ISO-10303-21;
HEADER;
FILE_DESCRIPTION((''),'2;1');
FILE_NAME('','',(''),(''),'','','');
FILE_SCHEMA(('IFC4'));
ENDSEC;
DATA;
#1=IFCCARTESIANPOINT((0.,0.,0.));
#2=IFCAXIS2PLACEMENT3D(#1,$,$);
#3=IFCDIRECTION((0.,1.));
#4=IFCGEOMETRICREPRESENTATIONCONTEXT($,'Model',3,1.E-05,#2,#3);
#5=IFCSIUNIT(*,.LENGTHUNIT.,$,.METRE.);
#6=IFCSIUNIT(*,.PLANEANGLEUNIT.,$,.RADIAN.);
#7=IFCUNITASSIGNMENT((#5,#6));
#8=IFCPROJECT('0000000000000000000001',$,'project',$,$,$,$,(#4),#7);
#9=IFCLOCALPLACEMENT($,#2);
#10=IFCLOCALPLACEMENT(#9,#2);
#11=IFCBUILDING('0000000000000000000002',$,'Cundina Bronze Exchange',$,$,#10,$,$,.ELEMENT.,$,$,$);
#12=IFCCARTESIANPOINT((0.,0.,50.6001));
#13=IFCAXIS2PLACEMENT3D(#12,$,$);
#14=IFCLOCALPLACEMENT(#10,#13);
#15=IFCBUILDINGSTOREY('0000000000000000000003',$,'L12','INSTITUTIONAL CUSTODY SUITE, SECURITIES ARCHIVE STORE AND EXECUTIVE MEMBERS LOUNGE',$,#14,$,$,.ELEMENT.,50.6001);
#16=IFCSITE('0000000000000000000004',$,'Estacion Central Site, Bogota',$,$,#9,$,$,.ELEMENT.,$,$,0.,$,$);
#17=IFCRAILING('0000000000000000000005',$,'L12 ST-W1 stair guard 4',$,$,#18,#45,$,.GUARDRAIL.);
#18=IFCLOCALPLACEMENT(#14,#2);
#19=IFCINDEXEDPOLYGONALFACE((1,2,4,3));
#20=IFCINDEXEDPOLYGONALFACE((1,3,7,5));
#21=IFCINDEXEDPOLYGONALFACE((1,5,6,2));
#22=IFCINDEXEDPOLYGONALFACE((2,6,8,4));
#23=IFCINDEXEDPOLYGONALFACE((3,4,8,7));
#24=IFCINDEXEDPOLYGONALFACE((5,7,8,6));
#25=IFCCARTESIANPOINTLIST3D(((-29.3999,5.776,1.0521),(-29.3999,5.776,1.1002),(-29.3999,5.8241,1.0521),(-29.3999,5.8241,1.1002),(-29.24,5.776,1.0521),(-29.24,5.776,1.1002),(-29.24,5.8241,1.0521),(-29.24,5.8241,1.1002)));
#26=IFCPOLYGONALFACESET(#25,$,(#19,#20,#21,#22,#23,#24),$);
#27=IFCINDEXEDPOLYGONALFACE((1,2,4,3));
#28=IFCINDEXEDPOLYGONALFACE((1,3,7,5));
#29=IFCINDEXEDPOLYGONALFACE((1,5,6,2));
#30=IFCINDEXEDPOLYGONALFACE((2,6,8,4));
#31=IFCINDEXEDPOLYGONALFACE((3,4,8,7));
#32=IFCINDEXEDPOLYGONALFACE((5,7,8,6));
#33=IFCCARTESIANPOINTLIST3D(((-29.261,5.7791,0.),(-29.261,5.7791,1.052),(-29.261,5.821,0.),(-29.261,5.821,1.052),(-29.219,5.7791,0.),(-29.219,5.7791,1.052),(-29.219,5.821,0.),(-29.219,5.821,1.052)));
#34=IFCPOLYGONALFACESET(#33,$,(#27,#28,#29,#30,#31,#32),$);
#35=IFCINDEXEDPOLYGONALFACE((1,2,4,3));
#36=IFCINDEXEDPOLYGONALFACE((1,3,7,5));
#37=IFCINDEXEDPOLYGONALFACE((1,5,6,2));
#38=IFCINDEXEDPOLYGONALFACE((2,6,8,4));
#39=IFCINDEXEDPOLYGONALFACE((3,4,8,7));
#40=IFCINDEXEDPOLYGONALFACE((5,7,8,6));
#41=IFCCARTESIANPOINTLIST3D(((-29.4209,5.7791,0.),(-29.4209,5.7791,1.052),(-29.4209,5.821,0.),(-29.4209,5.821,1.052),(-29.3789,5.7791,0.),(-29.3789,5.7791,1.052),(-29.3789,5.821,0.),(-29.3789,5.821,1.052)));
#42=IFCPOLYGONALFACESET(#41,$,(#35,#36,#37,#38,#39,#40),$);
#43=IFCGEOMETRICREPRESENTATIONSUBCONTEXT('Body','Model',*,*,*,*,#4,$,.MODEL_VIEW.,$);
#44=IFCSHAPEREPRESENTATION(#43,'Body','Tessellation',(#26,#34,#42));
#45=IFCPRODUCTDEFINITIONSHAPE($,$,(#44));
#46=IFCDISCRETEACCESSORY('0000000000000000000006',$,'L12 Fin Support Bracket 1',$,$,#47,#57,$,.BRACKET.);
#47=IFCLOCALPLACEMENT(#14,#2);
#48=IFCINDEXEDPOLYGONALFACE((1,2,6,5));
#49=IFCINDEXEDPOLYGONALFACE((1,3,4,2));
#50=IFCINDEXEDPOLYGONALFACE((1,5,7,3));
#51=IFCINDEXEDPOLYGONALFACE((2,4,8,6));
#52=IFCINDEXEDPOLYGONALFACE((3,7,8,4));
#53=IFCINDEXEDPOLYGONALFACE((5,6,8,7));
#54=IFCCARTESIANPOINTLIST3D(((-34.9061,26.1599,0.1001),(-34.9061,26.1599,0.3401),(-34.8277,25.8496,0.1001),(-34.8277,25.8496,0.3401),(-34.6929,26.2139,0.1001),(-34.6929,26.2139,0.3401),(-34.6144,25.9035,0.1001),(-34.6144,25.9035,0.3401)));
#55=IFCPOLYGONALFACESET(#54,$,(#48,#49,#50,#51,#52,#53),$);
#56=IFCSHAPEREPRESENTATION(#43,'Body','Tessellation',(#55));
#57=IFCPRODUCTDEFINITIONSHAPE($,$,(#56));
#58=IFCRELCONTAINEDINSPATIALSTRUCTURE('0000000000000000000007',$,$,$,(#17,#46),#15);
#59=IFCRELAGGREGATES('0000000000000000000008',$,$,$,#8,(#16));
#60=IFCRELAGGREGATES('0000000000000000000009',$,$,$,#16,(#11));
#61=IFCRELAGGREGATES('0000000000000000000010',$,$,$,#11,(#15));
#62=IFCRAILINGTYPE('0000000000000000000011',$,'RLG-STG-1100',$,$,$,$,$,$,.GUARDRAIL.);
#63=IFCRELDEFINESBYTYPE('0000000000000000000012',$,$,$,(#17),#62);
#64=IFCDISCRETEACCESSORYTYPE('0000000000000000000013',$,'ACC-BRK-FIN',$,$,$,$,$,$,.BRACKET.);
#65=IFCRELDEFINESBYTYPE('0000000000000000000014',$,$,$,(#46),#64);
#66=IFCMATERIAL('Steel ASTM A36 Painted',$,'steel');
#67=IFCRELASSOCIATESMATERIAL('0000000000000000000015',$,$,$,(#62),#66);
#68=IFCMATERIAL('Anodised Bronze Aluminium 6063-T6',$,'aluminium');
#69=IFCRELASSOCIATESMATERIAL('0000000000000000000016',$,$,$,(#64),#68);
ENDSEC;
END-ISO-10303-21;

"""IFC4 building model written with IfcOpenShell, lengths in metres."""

from ifc_helpers import new_model, si_unit, direction, frame, origin, origin_2d, place, context, subcontext, project, spatial, rectangle, extrude, material, type_object, element, save


model = new_model("IFC4")

# Units and contexts
model_context = context("Model", 3, precision=1e-05, world=origin(), true_north=direction((0.0, 1.0)))
body_context = subcontext(model_context, "Body", "Model", "MODEL_VIEW")
ifc_project = project(units=[si_unit("LENGTHUNIT", "METRE"), si_unit("PLANEANGLEUNIT", "RADIAN")], contexts=[model_context])

# Site, building, storey
site_placement = place(None, origin())
site = spatial("IfcSite", under=ifc_project, at=site_placement, Name="Estacion Central Site, Bogota", CompositionType="ELEMENT", RefElevation=0.0)
building_placement = place(site_placement, origin())
building = spatial("IfcBuilding", under=site, at=building_placement, Name="Cundina Bronze Exchange", CompositionType="ELEMENT")
storey_placement = place(building_placement, frame((0.0, 0.0, 50.6001)))
storey = spatial("IfcBuildingStorey", under=building, at=storey_placement, Name="L12", Description="INSTITUTIONAL CUSTODY SUITE, SECURITIES ARCHIVE STORE AND EXECUTIVE MEMBERS LOUNGE", CompositionType="ELEMENT", Elevation=50.6001)

# Shared definitions
ifc_material_1 = material(Name="Anodised Bronze Aluminium 6063-T6", Category="aluminium")

# Shared definitions
ifc_material_2 = material(Name="Steel ASTM A36 Painted", Category="steel")

# Railing
railing_type_1 = type_object("IfcRailingType", Name="RLG-STG-1100", PredefinedType="GUARDRAIL", material=ifc_material_2)
railing_1_placement = place(storey_placement, frame((-29.24, 5.8, 0.0)))
element("IfcRailing", 1, at=railing_1_placement, inside=storey, type_object=railing_type_1, Name="L12 ST-W1 stair guard 4", PredefinedType="GUARDRAIL", context=body_context, shape_type="SweptSolid", body=[
    extrude(rectangle(XDim=0.0481, YDim=0.0481, at=origin_2d()), frame((0.0, 0.0, 1.0762), z_axis=(-1.0, 0.0, 0.0), x_axis=(0.0, -1.0, 0.0)), (0.0, 0.0, 1.0), 0.1599),
    extrude(rectangle(XDim=0.042, YDim=0.042, at=origin_2d()), origin(), (0.0, 0.0, 1.0), 1.052),
    extrude(rectangle(XDim=0.042, YDim=0.042, at=origin_2d()), frame((-0.1599, 0.0, 0.0)), (0.0, 0.0, 1.0), 1.052),
])

# Discrete accessory
discrete_accessory_type = type_object("IfcDiscreteAccessoryType", Name="ACC-BRK-FIN", PredefinedType="BRACKET", material=ifc_material_1)
discrete_accessory_placement = place(storey_placement, frame((-34.7603, 26.0317, 0.1001), z_axis=(0.0, 0.0, 1.0), x_axis=(-0.969488, -0.245138, 0.0)))
element("IfcDiscreteAccessory", 2, at=discrete_accessory_placement, inside=storey, type_object=discrete_accessory_type, Name="L12 Fin Support Bracket 1", PredefinedType="BRACKET", context=body_context, shape_type="SweptSolid", body=[
    extrude(rectangle(XDim=0.22, YDim=0.3201, at=origin_2d()), origin(), (0.0, 0.0, 1.0), 0.24),
])

save(model, "model.ifc")
